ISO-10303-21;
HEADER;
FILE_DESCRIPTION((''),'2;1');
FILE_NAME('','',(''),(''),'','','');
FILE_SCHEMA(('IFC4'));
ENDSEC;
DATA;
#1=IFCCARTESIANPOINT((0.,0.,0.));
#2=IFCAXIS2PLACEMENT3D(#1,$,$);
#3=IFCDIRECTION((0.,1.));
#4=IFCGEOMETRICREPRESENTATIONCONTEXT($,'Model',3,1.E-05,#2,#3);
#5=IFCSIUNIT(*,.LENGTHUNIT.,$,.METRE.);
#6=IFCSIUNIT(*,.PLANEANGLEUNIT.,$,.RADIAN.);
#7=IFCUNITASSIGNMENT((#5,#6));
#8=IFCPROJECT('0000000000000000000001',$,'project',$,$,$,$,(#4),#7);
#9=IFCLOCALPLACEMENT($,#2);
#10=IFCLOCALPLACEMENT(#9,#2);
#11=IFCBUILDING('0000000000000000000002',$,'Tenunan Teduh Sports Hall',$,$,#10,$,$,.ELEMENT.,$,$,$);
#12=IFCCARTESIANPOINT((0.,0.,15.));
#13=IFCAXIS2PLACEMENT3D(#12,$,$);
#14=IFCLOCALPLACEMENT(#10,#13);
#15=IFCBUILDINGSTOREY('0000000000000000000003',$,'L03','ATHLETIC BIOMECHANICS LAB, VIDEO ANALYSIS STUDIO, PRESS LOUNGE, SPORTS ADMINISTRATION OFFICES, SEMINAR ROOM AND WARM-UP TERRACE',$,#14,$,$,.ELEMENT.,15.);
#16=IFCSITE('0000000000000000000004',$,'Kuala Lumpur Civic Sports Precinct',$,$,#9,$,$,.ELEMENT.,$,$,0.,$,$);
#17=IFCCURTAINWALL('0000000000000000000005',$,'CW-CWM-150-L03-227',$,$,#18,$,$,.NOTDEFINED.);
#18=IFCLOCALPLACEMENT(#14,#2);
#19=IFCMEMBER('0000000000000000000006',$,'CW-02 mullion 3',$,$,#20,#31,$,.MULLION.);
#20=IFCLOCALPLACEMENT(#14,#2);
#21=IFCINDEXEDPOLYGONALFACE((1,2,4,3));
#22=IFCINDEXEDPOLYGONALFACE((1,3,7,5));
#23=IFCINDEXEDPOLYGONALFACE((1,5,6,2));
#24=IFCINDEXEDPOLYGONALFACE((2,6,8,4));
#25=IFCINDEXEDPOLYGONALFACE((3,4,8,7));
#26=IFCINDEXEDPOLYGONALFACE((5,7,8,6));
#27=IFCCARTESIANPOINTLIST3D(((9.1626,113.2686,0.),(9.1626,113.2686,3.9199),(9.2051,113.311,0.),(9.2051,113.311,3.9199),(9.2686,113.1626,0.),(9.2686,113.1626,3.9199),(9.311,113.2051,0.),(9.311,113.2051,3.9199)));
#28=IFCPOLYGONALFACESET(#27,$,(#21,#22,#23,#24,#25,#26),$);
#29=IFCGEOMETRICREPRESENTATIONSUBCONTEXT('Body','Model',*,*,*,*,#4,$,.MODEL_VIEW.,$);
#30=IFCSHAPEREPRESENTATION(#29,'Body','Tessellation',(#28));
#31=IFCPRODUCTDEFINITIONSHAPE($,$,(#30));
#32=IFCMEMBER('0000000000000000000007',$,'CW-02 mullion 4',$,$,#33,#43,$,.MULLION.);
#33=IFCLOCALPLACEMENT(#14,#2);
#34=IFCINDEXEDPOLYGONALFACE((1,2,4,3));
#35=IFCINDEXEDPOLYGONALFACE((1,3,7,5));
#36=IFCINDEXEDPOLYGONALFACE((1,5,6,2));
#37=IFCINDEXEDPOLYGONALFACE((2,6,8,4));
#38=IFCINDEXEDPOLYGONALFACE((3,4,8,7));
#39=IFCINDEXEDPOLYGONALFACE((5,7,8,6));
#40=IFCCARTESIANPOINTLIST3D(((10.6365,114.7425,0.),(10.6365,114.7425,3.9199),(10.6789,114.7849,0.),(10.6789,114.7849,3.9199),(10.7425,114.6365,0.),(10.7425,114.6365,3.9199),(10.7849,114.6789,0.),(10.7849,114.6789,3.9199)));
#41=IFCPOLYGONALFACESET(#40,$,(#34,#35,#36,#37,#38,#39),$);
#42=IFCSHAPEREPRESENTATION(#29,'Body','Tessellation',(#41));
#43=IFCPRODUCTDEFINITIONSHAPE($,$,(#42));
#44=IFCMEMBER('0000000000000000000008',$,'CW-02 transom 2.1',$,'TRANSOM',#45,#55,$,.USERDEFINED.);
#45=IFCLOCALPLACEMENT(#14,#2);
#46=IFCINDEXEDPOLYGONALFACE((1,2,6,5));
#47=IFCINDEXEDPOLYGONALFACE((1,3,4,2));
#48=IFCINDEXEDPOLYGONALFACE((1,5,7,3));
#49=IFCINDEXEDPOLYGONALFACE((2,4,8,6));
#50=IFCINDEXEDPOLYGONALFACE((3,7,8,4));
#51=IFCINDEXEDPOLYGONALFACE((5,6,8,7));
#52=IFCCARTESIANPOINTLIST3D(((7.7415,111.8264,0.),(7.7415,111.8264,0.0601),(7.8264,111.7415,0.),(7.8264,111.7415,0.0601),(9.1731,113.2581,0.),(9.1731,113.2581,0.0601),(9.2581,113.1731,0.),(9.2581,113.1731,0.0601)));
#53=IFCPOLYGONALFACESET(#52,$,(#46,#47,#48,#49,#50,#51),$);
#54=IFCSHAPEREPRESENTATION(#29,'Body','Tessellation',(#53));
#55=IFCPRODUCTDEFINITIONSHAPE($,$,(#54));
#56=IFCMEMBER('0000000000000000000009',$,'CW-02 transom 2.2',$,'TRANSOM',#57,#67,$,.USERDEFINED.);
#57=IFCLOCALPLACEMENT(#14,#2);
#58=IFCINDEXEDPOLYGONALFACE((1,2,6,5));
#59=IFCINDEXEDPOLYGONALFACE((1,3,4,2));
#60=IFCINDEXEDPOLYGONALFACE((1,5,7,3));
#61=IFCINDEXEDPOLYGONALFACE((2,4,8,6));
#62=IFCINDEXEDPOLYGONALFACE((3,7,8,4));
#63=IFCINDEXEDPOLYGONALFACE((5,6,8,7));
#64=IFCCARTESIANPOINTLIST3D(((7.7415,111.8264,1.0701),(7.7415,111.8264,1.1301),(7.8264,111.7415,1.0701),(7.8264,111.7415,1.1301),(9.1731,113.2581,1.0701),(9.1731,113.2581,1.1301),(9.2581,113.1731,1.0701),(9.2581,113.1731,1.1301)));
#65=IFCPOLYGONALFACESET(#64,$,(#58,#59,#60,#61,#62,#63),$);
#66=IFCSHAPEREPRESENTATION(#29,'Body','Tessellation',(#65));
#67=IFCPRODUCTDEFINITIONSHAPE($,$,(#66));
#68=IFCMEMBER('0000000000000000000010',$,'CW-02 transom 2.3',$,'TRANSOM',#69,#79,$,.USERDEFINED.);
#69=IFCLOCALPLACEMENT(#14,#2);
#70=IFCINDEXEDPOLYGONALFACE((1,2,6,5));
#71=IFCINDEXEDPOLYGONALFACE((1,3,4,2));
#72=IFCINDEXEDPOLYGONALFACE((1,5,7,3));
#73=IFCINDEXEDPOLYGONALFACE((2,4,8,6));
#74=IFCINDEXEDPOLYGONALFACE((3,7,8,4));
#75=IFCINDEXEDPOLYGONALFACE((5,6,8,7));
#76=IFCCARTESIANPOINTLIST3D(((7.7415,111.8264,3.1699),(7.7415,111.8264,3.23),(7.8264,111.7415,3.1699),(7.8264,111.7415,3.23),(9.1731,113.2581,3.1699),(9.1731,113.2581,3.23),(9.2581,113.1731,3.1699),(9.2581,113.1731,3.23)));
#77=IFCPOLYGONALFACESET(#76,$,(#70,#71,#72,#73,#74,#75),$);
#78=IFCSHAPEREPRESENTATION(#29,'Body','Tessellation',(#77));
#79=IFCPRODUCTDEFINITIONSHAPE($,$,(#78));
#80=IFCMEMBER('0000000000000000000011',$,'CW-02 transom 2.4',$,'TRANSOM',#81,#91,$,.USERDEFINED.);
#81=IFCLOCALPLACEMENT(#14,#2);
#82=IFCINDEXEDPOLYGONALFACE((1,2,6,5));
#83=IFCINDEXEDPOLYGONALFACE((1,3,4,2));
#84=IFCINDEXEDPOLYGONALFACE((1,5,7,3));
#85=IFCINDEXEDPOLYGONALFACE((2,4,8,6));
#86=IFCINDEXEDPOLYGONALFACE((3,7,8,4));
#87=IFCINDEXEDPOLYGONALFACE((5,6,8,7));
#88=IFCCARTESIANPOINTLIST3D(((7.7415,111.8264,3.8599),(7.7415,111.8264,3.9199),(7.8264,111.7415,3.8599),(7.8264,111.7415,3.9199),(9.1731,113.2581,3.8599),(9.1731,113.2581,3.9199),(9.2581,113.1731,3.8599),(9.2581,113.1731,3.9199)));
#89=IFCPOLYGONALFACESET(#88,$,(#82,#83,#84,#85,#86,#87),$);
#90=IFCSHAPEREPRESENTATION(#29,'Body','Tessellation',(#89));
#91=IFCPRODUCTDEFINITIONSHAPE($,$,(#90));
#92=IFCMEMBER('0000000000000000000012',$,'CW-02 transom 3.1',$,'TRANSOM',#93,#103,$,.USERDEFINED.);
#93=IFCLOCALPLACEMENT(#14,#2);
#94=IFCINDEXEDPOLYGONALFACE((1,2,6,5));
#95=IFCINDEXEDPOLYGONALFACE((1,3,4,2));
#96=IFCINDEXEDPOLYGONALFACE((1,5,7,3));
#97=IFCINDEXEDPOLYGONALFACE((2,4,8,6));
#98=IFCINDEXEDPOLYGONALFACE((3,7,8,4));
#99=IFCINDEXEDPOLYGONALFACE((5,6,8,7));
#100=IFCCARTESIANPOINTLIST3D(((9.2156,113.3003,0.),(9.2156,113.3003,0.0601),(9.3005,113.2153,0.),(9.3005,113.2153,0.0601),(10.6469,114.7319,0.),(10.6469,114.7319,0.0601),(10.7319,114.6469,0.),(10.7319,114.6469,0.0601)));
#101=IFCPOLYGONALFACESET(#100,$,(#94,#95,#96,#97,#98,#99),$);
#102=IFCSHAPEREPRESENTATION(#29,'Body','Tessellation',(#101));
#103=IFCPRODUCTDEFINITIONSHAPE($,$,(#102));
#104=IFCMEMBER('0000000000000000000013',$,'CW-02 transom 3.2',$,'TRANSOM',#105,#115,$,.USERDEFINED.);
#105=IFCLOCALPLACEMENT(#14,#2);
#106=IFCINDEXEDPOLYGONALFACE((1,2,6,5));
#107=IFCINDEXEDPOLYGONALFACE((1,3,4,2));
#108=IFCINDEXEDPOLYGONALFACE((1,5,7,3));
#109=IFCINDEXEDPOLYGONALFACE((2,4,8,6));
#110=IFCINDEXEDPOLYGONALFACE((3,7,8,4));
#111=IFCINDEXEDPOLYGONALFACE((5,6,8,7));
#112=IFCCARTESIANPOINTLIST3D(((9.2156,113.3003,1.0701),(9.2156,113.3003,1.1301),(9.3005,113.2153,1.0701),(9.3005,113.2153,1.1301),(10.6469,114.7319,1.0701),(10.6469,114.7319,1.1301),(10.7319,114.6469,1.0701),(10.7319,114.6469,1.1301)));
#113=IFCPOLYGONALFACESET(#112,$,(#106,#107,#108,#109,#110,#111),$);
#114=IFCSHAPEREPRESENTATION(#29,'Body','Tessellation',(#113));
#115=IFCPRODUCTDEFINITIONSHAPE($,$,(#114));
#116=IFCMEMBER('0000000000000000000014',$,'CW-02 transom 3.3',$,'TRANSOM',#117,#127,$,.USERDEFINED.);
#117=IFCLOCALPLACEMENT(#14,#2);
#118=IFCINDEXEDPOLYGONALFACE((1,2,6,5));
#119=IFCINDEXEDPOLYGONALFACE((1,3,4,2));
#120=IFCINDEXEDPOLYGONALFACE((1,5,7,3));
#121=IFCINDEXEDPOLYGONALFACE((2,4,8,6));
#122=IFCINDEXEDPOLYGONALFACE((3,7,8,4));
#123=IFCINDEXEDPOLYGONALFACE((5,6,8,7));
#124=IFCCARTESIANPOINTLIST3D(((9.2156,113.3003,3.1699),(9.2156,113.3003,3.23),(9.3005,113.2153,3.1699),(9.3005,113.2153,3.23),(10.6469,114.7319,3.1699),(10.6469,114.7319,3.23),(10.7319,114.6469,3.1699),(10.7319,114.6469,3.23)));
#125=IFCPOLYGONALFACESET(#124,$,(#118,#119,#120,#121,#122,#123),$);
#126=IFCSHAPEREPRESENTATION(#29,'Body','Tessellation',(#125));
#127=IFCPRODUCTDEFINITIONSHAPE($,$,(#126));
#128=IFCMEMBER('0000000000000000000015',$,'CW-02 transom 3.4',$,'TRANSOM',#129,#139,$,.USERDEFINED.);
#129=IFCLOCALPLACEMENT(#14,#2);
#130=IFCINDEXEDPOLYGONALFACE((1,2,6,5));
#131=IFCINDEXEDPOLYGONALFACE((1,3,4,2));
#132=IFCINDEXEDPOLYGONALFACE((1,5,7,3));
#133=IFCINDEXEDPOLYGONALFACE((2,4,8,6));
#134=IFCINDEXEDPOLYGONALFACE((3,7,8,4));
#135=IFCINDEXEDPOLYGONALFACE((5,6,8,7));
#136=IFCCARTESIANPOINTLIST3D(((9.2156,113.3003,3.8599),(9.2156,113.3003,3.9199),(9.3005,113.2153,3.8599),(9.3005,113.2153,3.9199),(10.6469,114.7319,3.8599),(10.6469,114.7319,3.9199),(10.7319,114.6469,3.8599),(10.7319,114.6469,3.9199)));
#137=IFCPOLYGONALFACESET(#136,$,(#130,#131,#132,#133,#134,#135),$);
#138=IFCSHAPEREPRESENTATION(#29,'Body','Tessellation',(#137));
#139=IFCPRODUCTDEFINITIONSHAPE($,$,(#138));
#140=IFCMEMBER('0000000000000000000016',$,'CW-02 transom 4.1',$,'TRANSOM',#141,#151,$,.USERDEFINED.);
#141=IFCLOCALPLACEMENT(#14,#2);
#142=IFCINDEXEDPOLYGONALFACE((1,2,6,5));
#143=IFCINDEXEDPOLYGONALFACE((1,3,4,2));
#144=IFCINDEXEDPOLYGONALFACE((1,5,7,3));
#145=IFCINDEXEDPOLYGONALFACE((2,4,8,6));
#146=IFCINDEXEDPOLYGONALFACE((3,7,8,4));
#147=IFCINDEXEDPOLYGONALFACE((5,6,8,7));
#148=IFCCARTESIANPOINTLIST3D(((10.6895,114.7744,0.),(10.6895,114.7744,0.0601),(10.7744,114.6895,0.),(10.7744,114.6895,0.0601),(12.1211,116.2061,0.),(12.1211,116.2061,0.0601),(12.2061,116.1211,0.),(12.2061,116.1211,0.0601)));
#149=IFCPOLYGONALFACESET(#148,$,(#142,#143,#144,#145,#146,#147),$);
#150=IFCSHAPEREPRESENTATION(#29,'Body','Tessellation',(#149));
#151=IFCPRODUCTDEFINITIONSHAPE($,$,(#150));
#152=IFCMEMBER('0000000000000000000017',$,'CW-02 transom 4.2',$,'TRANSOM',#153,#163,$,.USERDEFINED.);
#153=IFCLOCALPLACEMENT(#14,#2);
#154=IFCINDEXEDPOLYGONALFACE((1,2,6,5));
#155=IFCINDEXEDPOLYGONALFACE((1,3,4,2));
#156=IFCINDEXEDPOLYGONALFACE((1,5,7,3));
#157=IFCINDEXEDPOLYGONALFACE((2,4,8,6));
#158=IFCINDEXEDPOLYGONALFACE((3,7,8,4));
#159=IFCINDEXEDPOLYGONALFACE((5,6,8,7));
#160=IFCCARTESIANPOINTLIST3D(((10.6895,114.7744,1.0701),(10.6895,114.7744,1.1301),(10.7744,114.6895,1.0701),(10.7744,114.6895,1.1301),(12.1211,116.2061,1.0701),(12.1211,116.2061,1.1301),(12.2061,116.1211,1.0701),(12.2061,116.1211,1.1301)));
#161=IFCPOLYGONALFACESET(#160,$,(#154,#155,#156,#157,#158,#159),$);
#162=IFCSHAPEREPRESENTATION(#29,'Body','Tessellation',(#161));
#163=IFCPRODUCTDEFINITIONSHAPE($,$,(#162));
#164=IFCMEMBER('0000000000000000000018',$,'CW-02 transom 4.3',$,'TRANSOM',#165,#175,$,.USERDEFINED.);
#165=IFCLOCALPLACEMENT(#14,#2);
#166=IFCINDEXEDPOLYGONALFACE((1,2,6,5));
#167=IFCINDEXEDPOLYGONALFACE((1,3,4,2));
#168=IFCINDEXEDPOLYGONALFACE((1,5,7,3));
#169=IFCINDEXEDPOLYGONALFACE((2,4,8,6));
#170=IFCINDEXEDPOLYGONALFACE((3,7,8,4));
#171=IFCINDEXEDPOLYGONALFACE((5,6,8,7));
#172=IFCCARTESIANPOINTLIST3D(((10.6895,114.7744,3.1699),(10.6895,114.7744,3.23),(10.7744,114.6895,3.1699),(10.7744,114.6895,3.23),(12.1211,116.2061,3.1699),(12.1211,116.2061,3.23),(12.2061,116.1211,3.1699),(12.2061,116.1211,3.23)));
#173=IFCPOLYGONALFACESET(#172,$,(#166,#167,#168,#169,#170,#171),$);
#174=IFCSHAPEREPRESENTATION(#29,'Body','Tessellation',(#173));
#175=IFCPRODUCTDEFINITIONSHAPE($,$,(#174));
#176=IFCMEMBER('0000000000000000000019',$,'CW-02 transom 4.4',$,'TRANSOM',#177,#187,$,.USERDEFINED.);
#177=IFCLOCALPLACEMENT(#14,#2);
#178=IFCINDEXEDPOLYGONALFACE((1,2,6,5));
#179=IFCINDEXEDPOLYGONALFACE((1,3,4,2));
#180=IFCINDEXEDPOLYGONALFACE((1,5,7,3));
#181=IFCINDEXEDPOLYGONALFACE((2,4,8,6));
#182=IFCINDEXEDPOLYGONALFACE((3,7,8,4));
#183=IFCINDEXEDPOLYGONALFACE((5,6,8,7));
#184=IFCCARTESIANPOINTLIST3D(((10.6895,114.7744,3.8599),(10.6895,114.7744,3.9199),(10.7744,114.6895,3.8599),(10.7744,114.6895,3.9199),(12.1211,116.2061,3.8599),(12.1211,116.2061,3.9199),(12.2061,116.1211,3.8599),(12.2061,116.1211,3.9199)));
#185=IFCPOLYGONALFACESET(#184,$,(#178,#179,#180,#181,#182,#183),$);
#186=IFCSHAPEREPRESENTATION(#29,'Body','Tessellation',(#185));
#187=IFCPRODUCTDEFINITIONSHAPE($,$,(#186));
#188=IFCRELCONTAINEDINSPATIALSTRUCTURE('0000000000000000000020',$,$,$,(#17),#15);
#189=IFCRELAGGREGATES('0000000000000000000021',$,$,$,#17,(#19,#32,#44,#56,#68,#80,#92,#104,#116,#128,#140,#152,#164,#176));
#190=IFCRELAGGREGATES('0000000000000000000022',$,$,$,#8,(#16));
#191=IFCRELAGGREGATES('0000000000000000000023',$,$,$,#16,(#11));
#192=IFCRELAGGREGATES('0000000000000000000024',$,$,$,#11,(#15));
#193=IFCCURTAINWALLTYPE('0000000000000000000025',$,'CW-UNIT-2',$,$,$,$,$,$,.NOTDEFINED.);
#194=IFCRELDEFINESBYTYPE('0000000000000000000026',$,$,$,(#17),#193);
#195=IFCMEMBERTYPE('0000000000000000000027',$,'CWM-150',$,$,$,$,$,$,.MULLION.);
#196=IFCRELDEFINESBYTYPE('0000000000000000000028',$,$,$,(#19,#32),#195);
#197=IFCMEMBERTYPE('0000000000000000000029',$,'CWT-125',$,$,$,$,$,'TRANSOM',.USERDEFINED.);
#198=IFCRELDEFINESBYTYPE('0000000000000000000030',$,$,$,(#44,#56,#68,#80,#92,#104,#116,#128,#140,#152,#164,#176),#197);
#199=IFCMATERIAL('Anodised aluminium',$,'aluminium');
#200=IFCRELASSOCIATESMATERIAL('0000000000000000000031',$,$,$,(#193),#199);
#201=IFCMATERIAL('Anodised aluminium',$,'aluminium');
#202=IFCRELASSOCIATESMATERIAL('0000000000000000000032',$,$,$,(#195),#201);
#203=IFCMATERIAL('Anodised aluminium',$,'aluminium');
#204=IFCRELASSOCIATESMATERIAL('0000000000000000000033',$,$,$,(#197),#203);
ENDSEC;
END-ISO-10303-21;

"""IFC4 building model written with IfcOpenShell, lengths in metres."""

from ifc_helpers import new_model, si_unit, direction, frame, origin, origin_2d, place, context, subcontext, project, spatial, rectangle, extrude, material, material_profile, profile_set, type_object, element, aggregate, save


model = new_model("IFC4")

# Units and contexts
model_context = context("Model", 3, precision=1e-05, world=origin(), true_north=direction((0.0, 1.0)))
body_context = subcontext(model_context, "Body", "Model", "MODEL_VIEW")
ifc_project = project(units=[si_unit("LENGTHUNIT", "METRE"), si_unit("PLANEANGLEUNIT", "RADIAN")], contexts=[model_context])

# Site, building, storey
site_placement = place(None, origin())
site = spatial("IfcSite", under=ifc_project, at=site_placement, Name="Kuala Lumpur Civic Sports Precinct", CompositionType="ELEMENT", RefElevation=0.0)
building_placement = place(site_placement, origin())
building = spatial("IfcBuilding", under=site, at=building_placement, Name="Tenunan Teduh Sports Hall", CompositionType="ELEMENT")
storey_placement = place(building_placement, frame((0.0, 0.0, 15.0)))
storey = spatial("IfcBuildingStorey", under=building, at=storey_placement, Name="L03", Description="ATHLETIC BIOMECHANICS LAB, VIDEO ANALYSIS STUDIO, PRESS LOUNGE, SPORTS ADMINISTRATION OFFICES, SEMINAR ROOM AND WARM-UP TERRACE", CompositionType="ELEMENT", Elevation=15.0)

# Curtain wall, members
ifc_material_1 = material(Name="Anodised aluminium", Category="aluminium")
curtain_wall_type = type_object("IfcCurtainWallType", Name="CW-UNIT-2", PredefinedType="NOTDEFINED", material=ifc_material_1)
curtain_wall_placement = place(storey_placement, origin())
curtain_wall = element("IfcCurtainWall", 1, at=curtain_wall_placement, inside=storey, type_object=curtain_wall_type, Name="CW-CWM-150-L03-227", PredefinedType="NOTDEFINED")
ifc_material_2 = material(Name="Anodised aluminium", Category="aluminium")
ifc_material_profile_1 = material_profile(ifc_material_2, rectangle(XDim=0.0601, YDim=0.1499, at=origin_2d()), Name="CWM 60x150")
ifc_profile_set_1 = profile_set([ifc_material_profile_1], Name="Anodised aluminium")
member_type_1 = type_object("IfcMemberType", Name="CWM-150", PredefinedType="MULLION", material=ifc_profile_set_1)
member_1_placement = place(storey_placement, frame((9.2368, 113.2368, 0.0), z_axis=(0.0, 0.0, 1.0), x_axis=(0.707102, 0.707112, 0.0)))
member_1 = element("IfcMember", 2, at=member_1_placement, type_object=member_type_1, Name="CW-02 mullion 3", PredefinedType="MULLION", context=body_context, shape_type="SweptSolid", body=[
    extrude(rectangle(XDim=0.0601, YDim=0.1499, at=origin_2d()), origin(), (0.0, 0.0, 1.0), 3.9199),
])
member_2_placement = place(storey_placement, frame((10.7107, 114.7107, 0.0), z_axis=(0.0, 0.0, 1.0), x_axis=(0.707102, 0.707112, 0.0)))
member_2 = element("IfcMember", 3, at=member_2_placement, type_object=member_type_1, Name="CW-02 mullion 4", PredefinedType="MULLION", context=body_context, shape_type="SweptSolid", body=[
    extrude(rectangle(XDim=0.0601, YDim=0.1499, at=origin_2d()), origin(), (0.0, 0.0, 1.0), 3.9199),
])
ifc_material_3 = material(Name="Anodised aluminium", Category="aluminium")
ifc_material_profile_2 = material_profile(ifc_material_3, rectangle(XDim=0.0601, YDim=0.1201, at=origin_2d()), Name="CWT 60x120")
ifc_profile_set_2 = profile_set([ifc_material_profile_2], Name="Anodised aluminium")
member_type_2 = type_object("IfcMemberType", Name="CWT-125", ElementType="TRANSOM", PredefinedType="USERDEFINED", material=ifc_profile_set_2)
member_3_placement = place(storey_placement, frame((7.7839, 111.7839, 0.03), z_axis=(0.707107, 0.707107, 0.0), x_axis=(0.0, 0.0, 1.0)))
member_3 = element("IfcMember", 4, at=member_3_placement, type_object=member_type_2, Name="CW-02 transom 2.1", ObjectType="TRANSOM", PredefinedType="USERDEFINED", context=body_context, shape_type="SweptSolid", body=[
    extrude(rectangle(XDim=0.0601, YDim=0.1201, at=origin_2d()), origin(), (0.0, 0.0, 1.0), 2.0247),
])
member_4_placement = place(storey_placement, frame((7.7839, 111.7839, 1.1001), z_axis=(0.707107, 0.707107, 0.0), x_axis=(0.0, 0.0, 1.0)))
member_4 = element("IfcMember", 5, at=member_4_placement, type_object=member_type_2, Name="CW-02 transom 2.2", ObjectType="TRANSOM", PredefinedType="USERDEFINED", context=body_context, shape_type="SweptSolid", body=[
    extrude(rectangle(XDim=0.0601, YDim=0.1201, at=origin_2d()), origin(), (0.0, 0.0, 1.0), 2.0247),
])
member_5_placement = place(storey_placement, frame((7.7839, 111.7839, 3.2), z_axis=(0.707107, 0.707107, 0.0), x_axis=(0.0, 0.0, 1.0)))
member_5 = element("IfcMember", 6, at=member_5_placement, type_object=member_type_2, Name="CW-02 transom 2.3", ObjectType="TRANSOM", PredefinedType="USERDEFINED", context=body_context, shape_type="SweptSolid", body=[
    extrude(rectangle(XDim=0.0601, YDim=0.1201, at=origin_2d()), origin(), (0.0, 0.0, 1.0), 2.0247),
])
member_6_placement = place(storey_placement, frame((7.7839, 111.7839, 3.8899), z_axis=(0.707107, 0.707107, 0.0), x_axis=(0.0, 0.0, 1.0)))
member_6 = element("IfcMember", 7, at=member_6_placement, type_object=member_type_2, Name="CW-02 transom 2.4", ObjectType="TRANSOM", PredefinedType="USERDEFINED", context=body_context, shape_type="SweptSolid", body=[
    extrude(rectangle(XDim=0.0601, YDim=0.1201, at=origin_2d()), origin(), (0.0, 0.0, 1.0), 2.0247),
])
member_7_placement = place(storey_placement, frame((9.2581, 113.2578, 0.03), z_axis=(0.707046, 0.707167, 0.0), x_axis=(0.0, 0.0, 1.0)))
member_7 = element("IfcMember", 8, at=member_7_placement, type_object=member_type_2, Name="CW-02 transom 3.1", ObjectType="TRANSOM", PredefinedType="USERDEFINED", context=body_context, shape_type="SweptSolid", body=[
    extrude(rectangle(XDim=0.0601, YDim=0.1201, at=origin_2d()), origin(), (0.0, 0.0, 1.0), 2.0244),
])
member_8_placement = place(storey_placement, frame((9.2581, 113.2578, 1.1001), z_axis=(0.707046, 0.707167, 0.0), x_axis=(0.0, 0.0, 1.0)))
member_8 = element("IfcMember", 9, at=member_8_placement, type_object=member_type_2, Name="CW-02 transom 3.2", ObjectType="TRANSOM", PredefinedType="USERDEFINED", context=body_context, shape_type="SweptSolid", body=[
    extrude(rectangle(XDim=0.0601, YDim=0.1201, at=origin_2d()), origin(), (0.0, 0.0, 1.0), 2.0244),
])
member_9_placement = place(storey_placement, frame((9.2581, 113.2578, 3.2), z_axis=(0.707046, 0.707167, 0.0), x_axis=(0.0, 0.0, 1.0)))
member_9 = element("IfcMember", 10, at=member_9_placement, type_object=member_type_2, Name="CW-02 transom 3.3", ObjectType="TRANSOM", PredefinedType="USERDEFINED", context=body_context, shape_type="SweptSolid", body=[
    extrude(rectangle(XDim=0.0601, YDim=0.1201, at=origin_2d()), origin(), (0.0, 0.0, 1.0), 2.0244),
])
member_10_placement = place(storey_placement, frame((9.2581, 113.2578, 3.8899), z_axis=(0.707046, 0.707167, 0.0), x_axis=(0.0, 0.0, 1.0)))
member_10 = element("IfcMember", 11, at=member_10_placement, type_object=member_type_2, Name="CW-02 transom 3.4", ObjectType="TRANSOM", PredefinedType="USERDEFINED", context=body_context, shape_type="SweptSolid", body=[
    extrude(rectangle(XDim=0.0601, YDim=0.1201, at=origin_2d()), origin(), (0.0, 0.0, 1.0), 2.0244),
])
member_11_placement = place(storey_placement, frame((10.7319, 114.7319, 0.03), z_axis=(0.707107, 0.707107, 0.0), x_axis=(0.0, 0.0, 1.0)))
member_11 = element("IfcMember", 12, at=member_11_placement, type_object=member_type_2, Name="CW-02 transom 4.1", ObjectType="TRANSOM", PredefinedType="USERDEFINED", context=body_context, shape_type="SweptSolid", body=[
    extrude(rectangle(XDim=0.0601, YDim=0.1201, at=origin_2d()), origin(), (0.0, 0.0, 1.0), 2.0247),
])
member_12_placement = place(storey_placement, frame((10.7319, 114.7319, 1.1001), z_axis=(0.707107, 0.707107, 0.0), x_axis=(0.0, 0.0, 1.0)))
member_12 = element("IfcMember", 13, at=member_12_placement, type_object=member_type_2, Name="CW-02 transom 4.2", ObjectType="TRANSOM", PredefinedType="USERDEFINED", context=body_context, shape_type="SweptSolid", body=[
    extrude(rectangle(XDim=0.0601, YDim=0.1201, at=origin_2d()), origin(), (0.0, 0.0, 1.0), 2.0247),
])
member_13_placement = place(storey_placement, frame((10.7319, 114.7319, 3.2), z_axis=(0.707107, 0.707107, 0.0), x_axis=(0.0, 0.0, 1.0)))
member_13 = element("IfcMember", 14, at=member_13_placement, type_object=member_type_2, Name="CW-02 transom 4.3", ObjectType="TRANSOM", PredefinedType="USERDEFINED", context=body_context, shape_type="SweptSolid", body=[
    extrude(rectangle(XDim=0.0601, YDim=0.1201, at=origin_2d()), origin(), (0.0, 0.0, 1.0), 2.0247),
])
member_14_placement = place(storey_placement, frame((10.7319, 114.7319, 3.8899), z_axis=(0.707107, 0.707107, 0.0), x_axis=(0.0, 0.0, 1.0)))
member_14 = element("IfcMember", 15, at=member_14_placement, type_object=member_type_2, Name="CW-02 transom 4.4", ObjectType="TRANSOM", PredefinedType="USERDEFINED", context=body_context, shape_type="SweptSolid", body=[
    extrude(rectangle(XDim=0.0601, YDim=0.1201, at=origin_2d()), origin(), (0.0, 0.0, 1.0), 2.0247),
])
aggregate(curtain_wall, [member_1, member_2, member_3, member_4, member_5, member_6, member_7, member_8, member_9, member_10, member_11, member_12, member_13, member_14])

save(model, "model.ifc")
